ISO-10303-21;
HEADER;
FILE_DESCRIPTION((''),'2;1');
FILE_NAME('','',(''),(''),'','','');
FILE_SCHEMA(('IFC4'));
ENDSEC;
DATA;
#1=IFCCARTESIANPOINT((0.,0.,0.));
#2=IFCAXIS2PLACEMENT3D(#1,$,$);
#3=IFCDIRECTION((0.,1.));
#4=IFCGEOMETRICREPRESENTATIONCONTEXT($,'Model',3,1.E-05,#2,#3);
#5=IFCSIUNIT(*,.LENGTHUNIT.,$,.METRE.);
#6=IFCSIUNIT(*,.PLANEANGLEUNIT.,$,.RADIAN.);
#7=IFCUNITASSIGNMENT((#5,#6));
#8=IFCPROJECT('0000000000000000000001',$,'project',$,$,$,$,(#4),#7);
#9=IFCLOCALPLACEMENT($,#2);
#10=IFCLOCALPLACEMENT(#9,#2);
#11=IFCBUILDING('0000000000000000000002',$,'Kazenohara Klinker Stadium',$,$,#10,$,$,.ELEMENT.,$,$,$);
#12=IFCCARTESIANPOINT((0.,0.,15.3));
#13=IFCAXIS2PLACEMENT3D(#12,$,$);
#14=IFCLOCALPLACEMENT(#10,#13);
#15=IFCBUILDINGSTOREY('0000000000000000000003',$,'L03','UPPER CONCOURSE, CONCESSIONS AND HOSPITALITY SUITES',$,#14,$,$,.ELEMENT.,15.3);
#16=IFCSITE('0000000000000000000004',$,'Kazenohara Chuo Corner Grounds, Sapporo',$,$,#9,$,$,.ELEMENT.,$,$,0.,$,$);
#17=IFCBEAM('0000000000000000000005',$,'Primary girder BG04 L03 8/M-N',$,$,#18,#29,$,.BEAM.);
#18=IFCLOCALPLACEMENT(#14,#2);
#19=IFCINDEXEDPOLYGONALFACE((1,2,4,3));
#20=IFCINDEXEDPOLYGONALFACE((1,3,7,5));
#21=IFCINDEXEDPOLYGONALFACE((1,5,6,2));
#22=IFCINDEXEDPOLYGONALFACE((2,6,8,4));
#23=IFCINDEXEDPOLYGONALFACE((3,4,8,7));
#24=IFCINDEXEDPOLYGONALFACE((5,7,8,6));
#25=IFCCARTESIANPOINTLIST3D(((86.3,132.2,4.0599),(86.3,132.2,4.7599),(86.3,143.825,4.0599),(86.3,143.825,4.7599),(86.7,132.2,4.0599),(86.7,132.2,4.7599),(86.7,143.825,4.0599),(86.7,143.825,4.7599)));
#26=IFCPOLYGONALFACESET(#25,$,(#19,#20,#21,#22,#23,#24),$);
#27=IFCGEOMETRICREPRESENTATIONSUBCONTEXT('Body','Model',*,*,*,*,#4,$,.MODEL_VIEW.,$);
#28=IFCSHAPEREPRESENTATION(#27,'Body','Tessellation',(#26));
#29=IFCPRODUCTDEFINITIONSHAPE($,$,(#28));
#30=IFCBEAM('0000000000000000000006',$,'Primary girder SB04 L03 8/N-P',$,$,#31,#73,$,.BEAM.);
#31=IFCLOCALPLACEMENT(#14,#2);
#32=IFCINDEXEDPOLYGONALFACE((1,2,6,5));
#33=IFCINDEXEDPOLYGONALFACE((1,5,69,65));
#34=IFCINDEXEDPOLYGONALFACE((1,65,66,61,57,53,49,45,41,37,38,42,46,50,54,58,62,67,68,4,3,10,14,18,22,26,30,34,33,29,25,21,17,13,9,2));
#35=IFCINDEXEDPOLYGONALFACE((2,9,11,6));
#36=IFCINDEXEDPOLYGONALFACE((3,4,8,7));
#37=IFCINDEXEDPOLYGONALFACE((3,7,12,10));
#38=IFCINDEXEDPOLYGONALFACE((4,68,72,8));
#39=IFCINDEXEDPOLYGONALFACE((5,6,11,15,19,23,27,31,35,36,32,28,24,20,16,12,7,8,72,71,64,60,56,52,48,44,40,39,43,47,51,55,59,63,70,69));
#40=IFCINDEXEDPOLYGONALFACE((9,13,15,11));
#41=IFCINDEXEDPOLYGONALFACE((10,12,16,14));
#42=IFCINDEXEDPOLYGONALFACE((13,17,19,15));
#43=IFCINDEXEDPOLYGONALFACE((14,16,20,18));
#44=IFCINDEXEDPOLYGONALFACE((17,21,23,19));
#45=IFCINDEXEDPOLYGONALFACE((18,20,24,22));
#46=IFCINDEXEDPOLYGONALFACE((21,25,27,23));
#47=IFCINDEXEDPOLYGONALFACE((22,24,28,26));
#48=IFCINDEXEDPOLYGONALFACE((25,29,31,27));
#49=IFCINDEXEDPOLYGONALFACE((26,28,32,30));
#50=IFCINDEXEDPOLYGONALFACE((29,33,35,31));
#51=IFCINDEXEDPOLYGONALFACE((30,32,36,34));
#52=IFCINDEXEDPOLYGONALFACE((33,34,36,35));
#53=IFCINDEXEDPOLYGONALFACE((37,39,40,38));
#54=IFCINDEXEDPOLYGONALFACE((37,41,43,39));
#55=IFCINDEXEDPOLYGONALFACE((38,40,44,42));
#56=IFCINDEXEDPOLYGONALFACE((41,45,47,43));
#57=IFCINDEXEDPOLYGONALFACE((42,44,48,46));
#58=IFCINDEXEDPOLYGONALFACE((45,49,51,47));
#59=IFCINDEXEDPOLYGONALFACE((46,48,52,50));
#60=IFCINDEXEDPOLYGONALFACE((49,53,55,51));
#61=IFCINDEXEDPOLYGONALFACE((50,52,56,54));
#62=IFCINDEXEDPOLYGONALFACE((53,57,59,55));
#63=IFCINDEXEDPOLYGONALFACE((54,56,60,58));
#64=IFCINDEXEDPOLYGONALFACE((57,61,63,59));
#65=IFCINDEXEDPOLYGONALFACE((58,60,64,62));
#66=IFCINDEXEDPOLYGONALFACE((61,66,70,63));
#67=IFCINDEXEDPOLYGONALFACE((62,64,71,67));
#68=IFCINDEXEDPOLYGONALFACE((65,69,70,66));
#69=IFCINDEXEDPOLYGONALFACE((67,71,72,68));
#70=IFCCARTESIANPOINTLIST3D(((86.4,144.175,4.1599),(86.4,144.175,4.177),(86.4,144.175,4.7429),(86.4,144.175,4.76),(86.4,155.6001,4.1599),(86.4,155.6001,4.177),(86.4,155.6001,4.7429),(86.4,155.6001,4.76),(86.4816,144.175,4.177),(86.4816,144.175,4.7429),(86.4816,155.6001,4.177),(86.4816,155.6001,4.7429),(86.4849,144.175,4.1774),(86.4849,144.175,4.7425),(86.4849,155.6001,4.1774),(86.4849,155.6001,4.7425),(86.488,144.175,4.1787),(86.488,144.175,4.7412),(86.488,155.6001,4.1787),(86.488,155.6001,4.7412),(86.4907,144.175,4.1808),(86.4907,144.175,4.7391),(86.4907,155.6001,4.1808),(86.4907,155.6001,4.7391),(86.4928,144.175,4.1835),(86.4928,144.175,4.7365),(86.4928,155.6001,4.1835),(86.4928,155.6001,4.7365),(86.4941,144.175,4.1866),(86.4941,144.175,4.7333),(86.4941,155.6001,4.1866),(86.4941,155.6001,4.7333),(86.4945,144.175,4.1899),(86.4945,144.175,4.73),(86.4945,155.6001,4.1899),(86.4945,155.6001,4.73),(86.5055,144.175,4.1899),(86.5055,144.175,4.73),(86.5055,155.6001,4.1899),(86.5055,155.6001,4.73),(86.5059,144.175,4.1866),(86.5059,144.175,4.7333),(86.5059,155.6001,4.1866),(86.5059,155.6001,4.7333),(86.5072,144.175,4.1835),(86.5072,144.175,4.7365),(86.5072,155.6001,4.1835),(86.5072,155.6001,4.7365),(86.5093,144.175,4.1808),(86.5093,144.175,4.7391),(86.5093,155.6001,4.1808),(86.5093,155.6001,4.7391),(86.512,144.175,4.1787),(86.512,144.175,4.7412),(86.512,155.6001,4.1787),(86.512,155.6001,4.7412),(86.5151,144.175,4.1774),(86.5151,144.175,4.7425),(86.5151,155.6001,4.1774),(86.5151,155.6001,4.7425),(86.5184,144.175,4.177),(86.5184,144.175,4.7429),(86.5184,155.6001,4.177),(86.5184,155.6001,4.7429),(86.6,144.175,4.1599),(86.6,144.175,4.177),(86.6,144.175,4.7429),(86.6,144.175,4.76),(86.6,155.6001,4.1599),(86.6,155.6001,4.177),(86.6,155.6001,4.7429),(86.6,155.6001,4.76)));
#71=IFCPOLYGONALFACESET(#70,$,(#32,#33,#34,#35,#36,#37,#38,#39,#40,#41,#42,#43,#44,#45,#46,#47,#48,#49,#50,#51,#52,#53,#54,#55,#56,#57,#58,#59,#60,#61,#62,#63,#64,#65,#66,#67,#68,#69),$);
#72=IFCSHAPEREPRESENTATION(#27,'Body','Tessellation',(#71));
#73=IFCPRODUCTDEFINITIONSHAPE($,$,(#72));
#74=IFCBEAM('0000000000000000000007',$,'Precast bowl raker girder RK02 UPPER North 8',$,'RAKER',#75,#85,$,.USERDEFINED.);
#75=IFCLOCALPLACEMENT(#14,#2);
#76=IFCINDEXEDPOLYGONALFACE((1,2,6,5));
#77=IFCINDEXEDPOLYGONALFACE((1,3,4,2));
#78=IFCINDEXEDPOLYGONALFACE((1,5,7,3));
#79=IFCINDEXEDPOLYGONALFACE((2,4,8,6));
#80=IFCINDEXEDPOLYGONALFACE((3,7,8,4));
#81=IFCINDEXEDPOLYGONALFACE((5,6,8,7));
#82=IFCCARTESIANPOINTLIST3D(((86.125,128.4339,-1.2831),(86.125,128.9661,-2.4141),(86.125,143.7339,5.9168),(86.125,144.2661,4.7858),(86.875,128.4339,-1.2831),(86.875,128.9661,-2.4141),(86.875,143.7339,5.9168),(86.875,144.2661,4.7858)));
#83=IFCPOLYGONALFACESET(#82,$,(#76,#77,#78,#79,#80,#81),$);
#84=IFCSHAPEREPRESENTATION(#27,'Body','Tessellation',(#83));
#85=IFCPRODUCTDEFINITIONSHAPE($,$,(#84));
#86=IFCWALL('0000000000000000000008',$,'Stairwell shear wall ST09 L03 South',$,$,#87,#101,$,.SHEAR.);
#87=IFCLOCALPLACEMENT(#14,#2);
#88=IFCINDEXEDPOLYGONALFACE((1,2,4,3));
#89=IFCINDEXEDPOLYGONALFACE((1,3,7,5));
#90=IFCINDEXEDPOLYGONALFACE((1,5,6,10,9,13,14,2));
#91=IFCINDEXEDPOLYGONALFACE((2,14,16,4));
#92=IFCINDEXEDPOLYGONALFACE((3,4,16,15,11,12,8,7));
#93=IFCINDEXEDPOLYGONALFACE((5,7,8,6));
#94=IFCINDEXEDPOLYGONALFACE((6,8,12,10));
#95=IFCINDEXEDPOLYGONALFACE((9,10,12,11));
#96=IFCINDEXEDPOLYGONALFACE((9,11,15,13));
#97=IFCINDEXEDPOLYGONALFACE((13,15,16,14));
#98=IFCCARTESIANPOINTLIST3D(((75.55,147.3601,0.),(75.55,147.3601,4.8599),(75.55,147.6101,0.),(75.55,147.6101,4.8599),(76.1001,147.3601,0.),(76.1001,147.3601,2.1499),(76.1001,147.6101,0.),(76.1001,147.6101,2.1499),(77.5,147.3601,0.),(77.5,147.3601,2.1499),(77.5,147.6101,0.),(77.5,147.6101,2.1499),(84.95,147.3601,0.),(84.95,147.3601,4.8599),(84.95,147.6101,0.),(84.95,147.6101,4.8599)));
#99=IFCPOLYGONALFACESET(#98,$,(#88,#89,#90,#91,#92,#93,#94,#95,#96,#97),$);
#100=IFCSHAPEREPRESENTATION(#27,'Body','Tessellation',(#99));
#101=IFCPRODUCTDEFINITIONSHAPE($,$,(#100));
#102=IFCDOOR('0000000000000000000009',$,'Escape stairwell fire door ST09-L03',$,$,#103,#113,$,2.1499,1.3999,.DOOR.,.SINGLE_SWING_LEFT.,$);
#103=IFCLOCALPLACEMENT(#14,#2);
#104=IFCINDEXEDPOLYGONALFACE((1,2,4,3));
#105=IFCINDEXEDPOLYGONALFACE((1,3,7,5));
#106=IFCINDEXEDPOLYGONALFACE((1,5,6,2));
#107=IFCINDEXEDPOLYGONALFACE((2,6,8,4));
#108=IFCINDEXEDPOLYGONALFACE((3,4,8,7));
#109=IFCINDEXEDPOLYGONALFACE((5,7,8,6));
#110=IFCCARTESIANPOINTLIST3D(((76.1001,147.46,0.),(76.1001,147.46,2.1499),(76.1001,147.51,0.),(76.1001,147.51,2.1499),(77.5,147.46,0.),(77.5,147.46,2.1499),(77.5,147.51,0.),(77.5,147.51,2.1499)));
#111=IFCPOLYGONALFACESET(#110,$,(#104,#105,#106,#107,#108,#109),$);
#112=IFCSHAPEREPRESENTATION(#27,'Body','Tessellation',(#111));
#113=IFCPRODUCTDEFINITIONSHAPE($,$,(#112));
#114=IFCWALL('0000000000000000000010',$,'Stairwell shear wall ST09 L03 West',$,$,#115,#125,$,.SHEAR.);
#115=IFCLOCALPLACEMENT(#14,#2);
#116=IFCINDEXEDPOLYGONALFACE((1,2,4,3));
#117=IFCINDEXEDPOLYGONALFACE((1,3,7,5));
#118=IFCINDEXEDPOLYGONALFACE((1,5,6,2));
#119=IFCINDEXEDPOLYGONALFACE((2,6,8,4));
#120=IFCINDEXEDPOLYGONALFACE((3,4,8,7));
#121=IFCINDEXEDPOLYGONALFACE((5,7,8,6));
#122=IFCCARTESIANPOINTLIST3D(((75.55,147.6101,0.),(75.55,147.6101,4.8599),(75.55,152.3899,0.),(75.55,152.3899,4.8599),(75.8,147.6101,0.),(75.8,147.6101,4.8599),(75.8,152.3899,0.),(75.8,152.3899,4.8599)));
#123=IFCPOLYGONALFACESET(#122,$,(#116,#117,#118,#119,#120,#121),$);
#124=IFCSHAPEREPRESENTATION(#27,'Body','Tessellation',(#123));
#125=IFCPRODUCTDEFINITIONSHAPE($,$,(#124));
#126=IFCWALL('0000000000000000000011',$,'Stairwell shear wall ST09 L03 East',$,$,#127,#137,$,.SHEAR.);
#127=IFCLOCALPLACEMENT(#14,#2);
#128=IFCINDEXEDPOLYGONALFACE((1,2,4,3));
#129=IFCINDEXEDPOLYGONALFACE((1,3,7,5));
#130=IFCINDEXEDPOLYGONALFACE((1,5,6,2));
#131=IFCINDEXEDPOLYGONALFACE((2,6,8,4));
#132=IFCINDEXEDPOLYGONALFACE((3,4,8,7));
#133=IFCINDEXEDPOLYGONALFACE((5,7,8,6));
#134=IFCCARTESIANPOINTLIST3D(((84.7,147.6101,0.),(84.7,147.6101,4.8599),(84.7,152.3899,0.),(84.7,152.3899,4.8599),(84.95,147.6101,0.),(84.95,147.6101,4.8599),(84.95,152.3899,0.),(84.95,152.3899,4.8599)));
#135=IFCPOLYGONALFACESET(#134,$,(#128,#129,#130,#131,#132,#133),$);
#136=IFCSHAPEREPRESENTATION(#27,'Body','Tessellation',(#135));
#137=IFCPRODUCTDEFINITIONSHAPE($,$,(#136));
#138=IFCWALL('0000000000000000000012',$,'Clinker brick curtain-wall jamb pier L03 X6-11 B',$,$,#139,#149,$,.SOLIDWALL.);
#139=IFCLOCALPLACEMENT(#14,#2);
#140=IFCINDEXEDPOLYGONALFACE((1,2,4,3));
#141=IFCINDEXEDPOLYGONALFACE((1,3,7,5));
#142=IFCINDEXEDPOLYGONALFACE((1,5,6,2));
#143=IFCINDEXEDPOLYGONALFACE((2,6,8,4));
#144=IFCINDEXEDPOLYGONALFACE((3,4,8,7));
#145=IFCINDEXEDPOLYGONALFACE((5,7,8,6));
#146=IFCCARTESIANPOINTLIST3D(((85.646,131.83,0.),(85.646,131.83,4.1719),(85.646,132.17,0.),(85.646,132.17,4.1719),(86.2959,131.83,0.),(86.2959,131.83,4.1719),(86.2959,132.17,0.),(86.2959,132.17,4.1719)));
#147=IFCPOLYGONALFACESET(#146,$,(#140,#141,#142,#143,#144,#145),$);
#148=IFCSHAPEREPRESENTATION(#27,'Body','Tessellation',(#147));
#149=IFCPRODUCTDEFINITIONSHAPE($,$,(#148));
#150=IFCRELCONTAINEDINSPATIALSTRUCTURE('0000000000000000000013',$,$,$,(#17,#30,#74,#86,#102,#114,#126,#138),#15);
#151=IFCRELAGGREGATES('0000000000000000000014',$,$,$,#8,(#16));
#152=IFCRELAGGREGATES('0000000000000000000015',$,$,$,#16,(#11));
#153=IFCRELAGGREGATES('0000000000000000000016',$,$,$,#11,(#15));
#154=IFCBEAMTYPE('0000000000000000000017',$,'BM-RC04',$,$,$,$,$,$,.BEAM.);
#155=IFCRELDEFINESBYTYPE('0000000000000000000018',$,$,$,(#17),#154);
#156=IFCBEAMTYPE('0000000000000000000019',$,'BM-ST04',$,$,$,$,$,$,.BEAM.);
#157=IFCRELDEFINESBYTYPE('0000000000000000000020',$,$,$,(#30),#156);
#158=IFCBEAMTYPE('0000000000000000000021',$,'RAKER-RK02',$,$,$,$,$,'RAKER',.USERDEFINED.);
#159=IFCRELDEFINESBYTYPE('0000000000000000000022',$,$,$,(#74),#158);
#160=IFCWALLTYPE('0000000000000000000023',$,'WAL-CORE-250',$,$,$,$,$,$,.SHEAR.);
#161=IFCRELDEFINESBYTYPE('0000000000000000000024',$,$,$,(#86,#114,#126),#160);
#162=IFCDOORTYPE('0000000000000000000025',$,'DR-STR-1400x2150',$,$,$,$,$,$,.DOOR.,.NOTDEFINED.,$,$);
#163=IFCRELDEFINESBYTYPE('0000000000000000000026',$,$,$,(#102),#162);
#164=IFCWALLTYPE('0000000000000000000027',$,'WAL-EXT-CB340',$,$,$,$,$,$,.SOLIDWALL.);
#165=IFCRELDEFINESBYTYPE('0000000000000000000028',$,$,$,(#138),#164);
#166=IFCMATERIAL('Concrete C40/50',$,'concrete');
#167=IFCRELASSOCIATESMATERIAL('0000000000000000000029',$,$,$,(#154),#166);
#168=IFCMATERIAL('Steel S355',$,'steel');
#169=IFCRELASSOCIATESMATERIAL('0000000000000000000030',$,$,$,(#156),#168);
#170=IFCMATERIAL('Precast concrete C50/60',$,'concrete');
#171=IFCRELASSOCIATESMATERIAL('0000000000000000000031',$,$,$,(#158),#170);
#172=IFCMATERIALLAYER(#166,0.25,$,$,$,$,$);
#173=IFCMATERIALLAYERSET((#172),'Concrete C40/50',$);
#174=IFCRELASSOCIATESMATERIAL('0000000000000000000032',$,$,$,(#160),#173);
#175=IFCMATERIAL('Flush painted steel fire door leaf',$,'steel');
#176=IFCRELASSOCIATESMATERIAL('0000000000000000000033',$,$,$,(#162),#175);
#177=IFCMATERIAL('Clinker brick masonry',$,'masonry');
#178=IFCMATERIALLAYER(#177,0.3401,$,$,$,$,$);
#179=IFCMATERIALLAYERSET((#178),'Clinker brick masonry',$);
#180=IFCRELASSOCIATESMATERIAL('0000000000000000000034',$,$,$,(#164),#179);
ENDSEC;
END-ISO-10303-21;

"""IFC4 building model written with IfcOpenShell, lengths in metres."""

from ifc_helpers import new_model, si_unit, direction, frame, frame_2d, origin, origin_2d, place, context, subcontext, project, spatial, rectangle, i_section, extrude, material, layer, layer_set, material_profile, profile_set, type_object, element, fill, save


model = new_model("IFC4")

# Units and contexts
model_context = context("Model", 3, precision=1e-05, world=origin(), true_north=direction((0.0, 1.0)))
body_context = subcontext(model_context, "Body", "Model", "MODEL_VIEW")
ifc_project = project(units=[si_unit("LENGTHUNIT", "METRE"), si_unit("PLANEANGLEUNIT", "RADIAN")], contexts=[model_context])

# Site, building, storey
site_placement = place(None, origin())
site = spatial("IfcSite", under=ifc_project, at=site_placement, Name="Kazenohara Chuo Corner Grounds, Sapporo", CompositionType="ELEMENT", RefElevation=0.0)
building_placement = place(site_placement, origin())
building = spatial("IfcBuilding", under=site, at=building_placement, Name="Kazenohara Klinker Stadium", CompositionType="ELEMENT")
storey_placement = place(building_placement, frame((0.0, 0.0, 15.3)))
storey = spatial("IfcBuildingStorey", under=building, at=storey_placement, Name="L03", Description="UPPER CONCOURSE, CONCESSIONS AND HOSPITALITY SUITES", CompositionType="ELEMENT", Elevation=15.3)

# Shared definitions
ifc_material_1 = material(Name="Steel S355", Category="steel")

# Beams
ifc_material_2 = material(Name="Concrete C40/50", Category="concrete")
ifc_material_profile_1 = material_profile(ifc_material_2, rectangle(XDim=0.3999, YDim=0.7, at=origin_2d()), Name="RC-BM-400x700")
ifc_profile_set_1 = profile_set([ifc_material_profile_1], Name="Concrete C40/50")
beam_type_1 = type_object("IfcBeamType", Name="BM-RC04", PredefinedType="BEAM", material=ifc_profile_set_1)
beam_1_placement = place(storey_placement, frame((86.5, 132.2, 4.4099), z_axis=(0.0, 1.0, 0.0), x_axis=(-1.0, 0.0, 0.0)))
element("IfcBeam", 1, at=beam_1_placement, inside=storey, type_object=beam_type_1, Name="Primary girder BG04 L03 8/M-N", PredefinedType="BEAM", context=body_context, shape_type="SweptSolid", body=[
    extrude(rectangle(XDim=0.3999, YDim=0.7, at=origin_2d()), origin(), (0.0, 0.0, 1.0), 11.625),
])
ifc_material_profile_2 = material_profile(ifc_material_1, i_section(OverallWidth=0.2, OverallDepth=0.6001, WebThickness=0.011, FlangeThickness=0.0171, FilletRadius=0.0129, at=origin_2d()), Name="H-600x200x11x17")
ifc_profile_set_2 = profile_set([ifc_material_profile_2], Name="Steel S355")
beam_type_2 = type_object("IfcBeamType", Name="BM-ST04", PredefinedType="BEAM", material=ifc_profile_set_2)
beam_2_placement = place(storey_placement, frame((86.5, 144.175, 4.46), z_axis=(0.0, 1.0, 0.0), x_axis=(-1.0, 0.0, 0.0)))
element("IfcBeam", 2, at=beam_2_placement, inside=storey, type_object=beam_type_2, Name="Primary girder SB04 L03 8/N-P", PredefinedType="BEAM", context=body_context, shape_type="SweptSolid", body=[
    extrude(i_section(OverallWidth=0.2, OverallDepth=0.6001, WebThickness=0.011, FlangeThickness=0.0171, FilletRadius=0.0129, at=origin_2d()), origin(), (0.0, 0.0, 1.0), 11.425),
])
ifc_material_3 = material(Name="Precast concrete C50/60", Category="concrete")
ifc_material_profile_3 = material_profile(ifc_material_3, rectangle(XDim=0.75, YDim=1.25, at=origin_2d()), Name="PC-RAKER-750x1250")
ifc_profile_set_3 = profile_set([ifc_material_profile_3], Name="Precast concrete C50/60")
beam_type_3 = type_object("IfcBeamType", Name="RAKER-RK02", ElementType="RAKER", PredefinedType="USERDEFINED", material=ifc_profile_set_3)
beam_3_placement = place(storey_placement, frame((86.5, 144.0, 5.3513), z_axis=(0.0, -0.90482, -0.425794), x_axis=(1.0, 0.0, 0.0)))
element("IfcBeam", 3, at=beam_3_placement, inside=storey, type_object=beam_type_3, Name="Precast bowl raker girder RK02 UPPER North 8", ObjectType="RAKER", PredefinedType="USERDEFINED", context=body_context, shape_type="SweptSolid", body=[
    extrude(rectangle(XDim=0.75, YDim=1.25, at=origin_2d()), origin(), (0.0, 0.0, 1.0), 16.9094),
])

# Wall, opening, door
ifc_layer_1 = layer(ifc_material_2, 0.25)
ifc_layer_set_1 = layer_set([ifc_layer_1], Name="Concrete C40/50")
wall_type_1 = type_object("IfcWallType", Name="WAL-CORE-250", PredefinedType="SHEAR", material=ifc_layer_set_1)
wall_1_placement = place(storey_placement, frame((75.55, 147.4851, 0.0), z_axis=(0.0, 0.0, 1.0), x_axis=(1.0, 0.0, 0.0)))
wall_1 = element("IfcWall", 4, at=wall_1_placement, inside=storey, type_object=wall_type_1, Name="Stairwell shear wall ST09 L03 South", PredefinedType="SHEAR", context=body_context, shape_type="SweptSolid", body=[
    extrude(rectangle(XDim=9.3999, YDim=0.25, at=frame_2d((4.7, 0.0))), origin(), (0.0, 0.0, 1.0), 4.8599),
])
opening_placement = place(wall_1_placement, frame((0.55, 0.0, 0.0)))
opening = element("IfcOpeningElement", 5, at=opening_placement, cuts=wall_1, PredefinedType="OPENING", context=body_context, shape_type="SweptSolid", body=[
    extrude(rectangle(XDim=1.3999, YDim=2.1499, at=frame_2d((0.7, 1.075))), frame((0.0, 0.135, 0.0), z_axis=(0.0, -1.0, 0.0), x_axis=(1.0, 0.0, 0.0)), (0.0, 0.0, 1.0), 0.27),
])
ifc_material_4 = material(Name="Flush painted steel fire door leaf", Category="steel")
door_type = type_object("IfcDoorType", Name="DR-STR-1400x2150", OperationType="NOTDEFINED", PredefinedType="DOOR", material=ifc_material_4)
door_placement = place(opening_placement, origin())
door = element("IfcDoor", 6, at=door_placement, inside=storey, type_object=door_type, Name="Escape stairwell fire door ST09-L03", OperationType="SINGLE_SWING_LEFT", OverallHeight=2.1499, OverallWidth=1.3999, PredefinedType="DOOR", context=body_context, shape_type="SweptSolid", body=[
    extrude(rectangle(XDim=1.3999, YDim=2.1499, at=frame_2d((0.7, 1.075))), frame((0.0, 0.0249, 0.0), z_axis=(0.0, -1.0, 0.0), x_axis=(1.0, 0.0, 0.0)), (0.0, 0.0, 1.0), 0.05),
])
fill(opening, door)

# Walls
for number, where, z_axis, x_axis, name in (
    (7, (75.675, 147.6101, 0.0), (0.0, 0.0, 1.0), (0.0, 1.0, 0.0), "Stairwell shear wall ST09 L03 West"),
    (8, (84.825, 147.6101, 0.0), (0.0, 0.0, 1.0), (0.0, 1.0, 0.0), "Stairwell shear wall ST09 L03 East"),
):
    element("IfcWall", number, at=place(storey_placement, frame(where, z_axis=z_axis, x_axis=x_axis)), inside=storey, type_object=wall_type_1, Name=name, PredefinedType="SHEAR", context=body_context, shape_type="SweptSolid", body=[
        extrude(rectangle(XDim=4.7798, YDim=0.25, at=frame_2d((2.3899, 0.0))), origin(), (0.0, 0.0, 1.0), 4.8599),
    ])
ifc_material_5 = material(Name="Clinker brick masonry", Category="masonry")
ifc_layer_2 = layer(ifc_material_5, 0.3401)
ifc_layer_set_2 = layer_set([ifc_layer_2], Name="Clinker brick masonry")
wall_type_2 = type_object("IfcWallType", Name="WAL-EXT-CB340", PredefinedType="SOLIDWALL", material=ifc_layer_set_2)
wall_2_placement = place(storey_placement, frame((85.646, 132.0, 0.0), z_axis=(0.0, 0.0, 1.0), x_axis=(1.0, 0.0, 0.0)))
element("IfcWall", 9, at=wall_2_placement, inside=storey, type_object=wall_type_2, Name="Clinker brick curtain-wall jamb pier L03 X6-11 B", PredefinedType="SOLIDWALL", context=body_context, shape_type="SweptSolid", body=[
    extrude(rectangle(XDim=0.6499, YDim=0.3401, at=frame_2d((0.325, 0.0))), origin(), (0.0, 0.0, 1.0), 4.1719),
])

save(model, "model.ifc")
